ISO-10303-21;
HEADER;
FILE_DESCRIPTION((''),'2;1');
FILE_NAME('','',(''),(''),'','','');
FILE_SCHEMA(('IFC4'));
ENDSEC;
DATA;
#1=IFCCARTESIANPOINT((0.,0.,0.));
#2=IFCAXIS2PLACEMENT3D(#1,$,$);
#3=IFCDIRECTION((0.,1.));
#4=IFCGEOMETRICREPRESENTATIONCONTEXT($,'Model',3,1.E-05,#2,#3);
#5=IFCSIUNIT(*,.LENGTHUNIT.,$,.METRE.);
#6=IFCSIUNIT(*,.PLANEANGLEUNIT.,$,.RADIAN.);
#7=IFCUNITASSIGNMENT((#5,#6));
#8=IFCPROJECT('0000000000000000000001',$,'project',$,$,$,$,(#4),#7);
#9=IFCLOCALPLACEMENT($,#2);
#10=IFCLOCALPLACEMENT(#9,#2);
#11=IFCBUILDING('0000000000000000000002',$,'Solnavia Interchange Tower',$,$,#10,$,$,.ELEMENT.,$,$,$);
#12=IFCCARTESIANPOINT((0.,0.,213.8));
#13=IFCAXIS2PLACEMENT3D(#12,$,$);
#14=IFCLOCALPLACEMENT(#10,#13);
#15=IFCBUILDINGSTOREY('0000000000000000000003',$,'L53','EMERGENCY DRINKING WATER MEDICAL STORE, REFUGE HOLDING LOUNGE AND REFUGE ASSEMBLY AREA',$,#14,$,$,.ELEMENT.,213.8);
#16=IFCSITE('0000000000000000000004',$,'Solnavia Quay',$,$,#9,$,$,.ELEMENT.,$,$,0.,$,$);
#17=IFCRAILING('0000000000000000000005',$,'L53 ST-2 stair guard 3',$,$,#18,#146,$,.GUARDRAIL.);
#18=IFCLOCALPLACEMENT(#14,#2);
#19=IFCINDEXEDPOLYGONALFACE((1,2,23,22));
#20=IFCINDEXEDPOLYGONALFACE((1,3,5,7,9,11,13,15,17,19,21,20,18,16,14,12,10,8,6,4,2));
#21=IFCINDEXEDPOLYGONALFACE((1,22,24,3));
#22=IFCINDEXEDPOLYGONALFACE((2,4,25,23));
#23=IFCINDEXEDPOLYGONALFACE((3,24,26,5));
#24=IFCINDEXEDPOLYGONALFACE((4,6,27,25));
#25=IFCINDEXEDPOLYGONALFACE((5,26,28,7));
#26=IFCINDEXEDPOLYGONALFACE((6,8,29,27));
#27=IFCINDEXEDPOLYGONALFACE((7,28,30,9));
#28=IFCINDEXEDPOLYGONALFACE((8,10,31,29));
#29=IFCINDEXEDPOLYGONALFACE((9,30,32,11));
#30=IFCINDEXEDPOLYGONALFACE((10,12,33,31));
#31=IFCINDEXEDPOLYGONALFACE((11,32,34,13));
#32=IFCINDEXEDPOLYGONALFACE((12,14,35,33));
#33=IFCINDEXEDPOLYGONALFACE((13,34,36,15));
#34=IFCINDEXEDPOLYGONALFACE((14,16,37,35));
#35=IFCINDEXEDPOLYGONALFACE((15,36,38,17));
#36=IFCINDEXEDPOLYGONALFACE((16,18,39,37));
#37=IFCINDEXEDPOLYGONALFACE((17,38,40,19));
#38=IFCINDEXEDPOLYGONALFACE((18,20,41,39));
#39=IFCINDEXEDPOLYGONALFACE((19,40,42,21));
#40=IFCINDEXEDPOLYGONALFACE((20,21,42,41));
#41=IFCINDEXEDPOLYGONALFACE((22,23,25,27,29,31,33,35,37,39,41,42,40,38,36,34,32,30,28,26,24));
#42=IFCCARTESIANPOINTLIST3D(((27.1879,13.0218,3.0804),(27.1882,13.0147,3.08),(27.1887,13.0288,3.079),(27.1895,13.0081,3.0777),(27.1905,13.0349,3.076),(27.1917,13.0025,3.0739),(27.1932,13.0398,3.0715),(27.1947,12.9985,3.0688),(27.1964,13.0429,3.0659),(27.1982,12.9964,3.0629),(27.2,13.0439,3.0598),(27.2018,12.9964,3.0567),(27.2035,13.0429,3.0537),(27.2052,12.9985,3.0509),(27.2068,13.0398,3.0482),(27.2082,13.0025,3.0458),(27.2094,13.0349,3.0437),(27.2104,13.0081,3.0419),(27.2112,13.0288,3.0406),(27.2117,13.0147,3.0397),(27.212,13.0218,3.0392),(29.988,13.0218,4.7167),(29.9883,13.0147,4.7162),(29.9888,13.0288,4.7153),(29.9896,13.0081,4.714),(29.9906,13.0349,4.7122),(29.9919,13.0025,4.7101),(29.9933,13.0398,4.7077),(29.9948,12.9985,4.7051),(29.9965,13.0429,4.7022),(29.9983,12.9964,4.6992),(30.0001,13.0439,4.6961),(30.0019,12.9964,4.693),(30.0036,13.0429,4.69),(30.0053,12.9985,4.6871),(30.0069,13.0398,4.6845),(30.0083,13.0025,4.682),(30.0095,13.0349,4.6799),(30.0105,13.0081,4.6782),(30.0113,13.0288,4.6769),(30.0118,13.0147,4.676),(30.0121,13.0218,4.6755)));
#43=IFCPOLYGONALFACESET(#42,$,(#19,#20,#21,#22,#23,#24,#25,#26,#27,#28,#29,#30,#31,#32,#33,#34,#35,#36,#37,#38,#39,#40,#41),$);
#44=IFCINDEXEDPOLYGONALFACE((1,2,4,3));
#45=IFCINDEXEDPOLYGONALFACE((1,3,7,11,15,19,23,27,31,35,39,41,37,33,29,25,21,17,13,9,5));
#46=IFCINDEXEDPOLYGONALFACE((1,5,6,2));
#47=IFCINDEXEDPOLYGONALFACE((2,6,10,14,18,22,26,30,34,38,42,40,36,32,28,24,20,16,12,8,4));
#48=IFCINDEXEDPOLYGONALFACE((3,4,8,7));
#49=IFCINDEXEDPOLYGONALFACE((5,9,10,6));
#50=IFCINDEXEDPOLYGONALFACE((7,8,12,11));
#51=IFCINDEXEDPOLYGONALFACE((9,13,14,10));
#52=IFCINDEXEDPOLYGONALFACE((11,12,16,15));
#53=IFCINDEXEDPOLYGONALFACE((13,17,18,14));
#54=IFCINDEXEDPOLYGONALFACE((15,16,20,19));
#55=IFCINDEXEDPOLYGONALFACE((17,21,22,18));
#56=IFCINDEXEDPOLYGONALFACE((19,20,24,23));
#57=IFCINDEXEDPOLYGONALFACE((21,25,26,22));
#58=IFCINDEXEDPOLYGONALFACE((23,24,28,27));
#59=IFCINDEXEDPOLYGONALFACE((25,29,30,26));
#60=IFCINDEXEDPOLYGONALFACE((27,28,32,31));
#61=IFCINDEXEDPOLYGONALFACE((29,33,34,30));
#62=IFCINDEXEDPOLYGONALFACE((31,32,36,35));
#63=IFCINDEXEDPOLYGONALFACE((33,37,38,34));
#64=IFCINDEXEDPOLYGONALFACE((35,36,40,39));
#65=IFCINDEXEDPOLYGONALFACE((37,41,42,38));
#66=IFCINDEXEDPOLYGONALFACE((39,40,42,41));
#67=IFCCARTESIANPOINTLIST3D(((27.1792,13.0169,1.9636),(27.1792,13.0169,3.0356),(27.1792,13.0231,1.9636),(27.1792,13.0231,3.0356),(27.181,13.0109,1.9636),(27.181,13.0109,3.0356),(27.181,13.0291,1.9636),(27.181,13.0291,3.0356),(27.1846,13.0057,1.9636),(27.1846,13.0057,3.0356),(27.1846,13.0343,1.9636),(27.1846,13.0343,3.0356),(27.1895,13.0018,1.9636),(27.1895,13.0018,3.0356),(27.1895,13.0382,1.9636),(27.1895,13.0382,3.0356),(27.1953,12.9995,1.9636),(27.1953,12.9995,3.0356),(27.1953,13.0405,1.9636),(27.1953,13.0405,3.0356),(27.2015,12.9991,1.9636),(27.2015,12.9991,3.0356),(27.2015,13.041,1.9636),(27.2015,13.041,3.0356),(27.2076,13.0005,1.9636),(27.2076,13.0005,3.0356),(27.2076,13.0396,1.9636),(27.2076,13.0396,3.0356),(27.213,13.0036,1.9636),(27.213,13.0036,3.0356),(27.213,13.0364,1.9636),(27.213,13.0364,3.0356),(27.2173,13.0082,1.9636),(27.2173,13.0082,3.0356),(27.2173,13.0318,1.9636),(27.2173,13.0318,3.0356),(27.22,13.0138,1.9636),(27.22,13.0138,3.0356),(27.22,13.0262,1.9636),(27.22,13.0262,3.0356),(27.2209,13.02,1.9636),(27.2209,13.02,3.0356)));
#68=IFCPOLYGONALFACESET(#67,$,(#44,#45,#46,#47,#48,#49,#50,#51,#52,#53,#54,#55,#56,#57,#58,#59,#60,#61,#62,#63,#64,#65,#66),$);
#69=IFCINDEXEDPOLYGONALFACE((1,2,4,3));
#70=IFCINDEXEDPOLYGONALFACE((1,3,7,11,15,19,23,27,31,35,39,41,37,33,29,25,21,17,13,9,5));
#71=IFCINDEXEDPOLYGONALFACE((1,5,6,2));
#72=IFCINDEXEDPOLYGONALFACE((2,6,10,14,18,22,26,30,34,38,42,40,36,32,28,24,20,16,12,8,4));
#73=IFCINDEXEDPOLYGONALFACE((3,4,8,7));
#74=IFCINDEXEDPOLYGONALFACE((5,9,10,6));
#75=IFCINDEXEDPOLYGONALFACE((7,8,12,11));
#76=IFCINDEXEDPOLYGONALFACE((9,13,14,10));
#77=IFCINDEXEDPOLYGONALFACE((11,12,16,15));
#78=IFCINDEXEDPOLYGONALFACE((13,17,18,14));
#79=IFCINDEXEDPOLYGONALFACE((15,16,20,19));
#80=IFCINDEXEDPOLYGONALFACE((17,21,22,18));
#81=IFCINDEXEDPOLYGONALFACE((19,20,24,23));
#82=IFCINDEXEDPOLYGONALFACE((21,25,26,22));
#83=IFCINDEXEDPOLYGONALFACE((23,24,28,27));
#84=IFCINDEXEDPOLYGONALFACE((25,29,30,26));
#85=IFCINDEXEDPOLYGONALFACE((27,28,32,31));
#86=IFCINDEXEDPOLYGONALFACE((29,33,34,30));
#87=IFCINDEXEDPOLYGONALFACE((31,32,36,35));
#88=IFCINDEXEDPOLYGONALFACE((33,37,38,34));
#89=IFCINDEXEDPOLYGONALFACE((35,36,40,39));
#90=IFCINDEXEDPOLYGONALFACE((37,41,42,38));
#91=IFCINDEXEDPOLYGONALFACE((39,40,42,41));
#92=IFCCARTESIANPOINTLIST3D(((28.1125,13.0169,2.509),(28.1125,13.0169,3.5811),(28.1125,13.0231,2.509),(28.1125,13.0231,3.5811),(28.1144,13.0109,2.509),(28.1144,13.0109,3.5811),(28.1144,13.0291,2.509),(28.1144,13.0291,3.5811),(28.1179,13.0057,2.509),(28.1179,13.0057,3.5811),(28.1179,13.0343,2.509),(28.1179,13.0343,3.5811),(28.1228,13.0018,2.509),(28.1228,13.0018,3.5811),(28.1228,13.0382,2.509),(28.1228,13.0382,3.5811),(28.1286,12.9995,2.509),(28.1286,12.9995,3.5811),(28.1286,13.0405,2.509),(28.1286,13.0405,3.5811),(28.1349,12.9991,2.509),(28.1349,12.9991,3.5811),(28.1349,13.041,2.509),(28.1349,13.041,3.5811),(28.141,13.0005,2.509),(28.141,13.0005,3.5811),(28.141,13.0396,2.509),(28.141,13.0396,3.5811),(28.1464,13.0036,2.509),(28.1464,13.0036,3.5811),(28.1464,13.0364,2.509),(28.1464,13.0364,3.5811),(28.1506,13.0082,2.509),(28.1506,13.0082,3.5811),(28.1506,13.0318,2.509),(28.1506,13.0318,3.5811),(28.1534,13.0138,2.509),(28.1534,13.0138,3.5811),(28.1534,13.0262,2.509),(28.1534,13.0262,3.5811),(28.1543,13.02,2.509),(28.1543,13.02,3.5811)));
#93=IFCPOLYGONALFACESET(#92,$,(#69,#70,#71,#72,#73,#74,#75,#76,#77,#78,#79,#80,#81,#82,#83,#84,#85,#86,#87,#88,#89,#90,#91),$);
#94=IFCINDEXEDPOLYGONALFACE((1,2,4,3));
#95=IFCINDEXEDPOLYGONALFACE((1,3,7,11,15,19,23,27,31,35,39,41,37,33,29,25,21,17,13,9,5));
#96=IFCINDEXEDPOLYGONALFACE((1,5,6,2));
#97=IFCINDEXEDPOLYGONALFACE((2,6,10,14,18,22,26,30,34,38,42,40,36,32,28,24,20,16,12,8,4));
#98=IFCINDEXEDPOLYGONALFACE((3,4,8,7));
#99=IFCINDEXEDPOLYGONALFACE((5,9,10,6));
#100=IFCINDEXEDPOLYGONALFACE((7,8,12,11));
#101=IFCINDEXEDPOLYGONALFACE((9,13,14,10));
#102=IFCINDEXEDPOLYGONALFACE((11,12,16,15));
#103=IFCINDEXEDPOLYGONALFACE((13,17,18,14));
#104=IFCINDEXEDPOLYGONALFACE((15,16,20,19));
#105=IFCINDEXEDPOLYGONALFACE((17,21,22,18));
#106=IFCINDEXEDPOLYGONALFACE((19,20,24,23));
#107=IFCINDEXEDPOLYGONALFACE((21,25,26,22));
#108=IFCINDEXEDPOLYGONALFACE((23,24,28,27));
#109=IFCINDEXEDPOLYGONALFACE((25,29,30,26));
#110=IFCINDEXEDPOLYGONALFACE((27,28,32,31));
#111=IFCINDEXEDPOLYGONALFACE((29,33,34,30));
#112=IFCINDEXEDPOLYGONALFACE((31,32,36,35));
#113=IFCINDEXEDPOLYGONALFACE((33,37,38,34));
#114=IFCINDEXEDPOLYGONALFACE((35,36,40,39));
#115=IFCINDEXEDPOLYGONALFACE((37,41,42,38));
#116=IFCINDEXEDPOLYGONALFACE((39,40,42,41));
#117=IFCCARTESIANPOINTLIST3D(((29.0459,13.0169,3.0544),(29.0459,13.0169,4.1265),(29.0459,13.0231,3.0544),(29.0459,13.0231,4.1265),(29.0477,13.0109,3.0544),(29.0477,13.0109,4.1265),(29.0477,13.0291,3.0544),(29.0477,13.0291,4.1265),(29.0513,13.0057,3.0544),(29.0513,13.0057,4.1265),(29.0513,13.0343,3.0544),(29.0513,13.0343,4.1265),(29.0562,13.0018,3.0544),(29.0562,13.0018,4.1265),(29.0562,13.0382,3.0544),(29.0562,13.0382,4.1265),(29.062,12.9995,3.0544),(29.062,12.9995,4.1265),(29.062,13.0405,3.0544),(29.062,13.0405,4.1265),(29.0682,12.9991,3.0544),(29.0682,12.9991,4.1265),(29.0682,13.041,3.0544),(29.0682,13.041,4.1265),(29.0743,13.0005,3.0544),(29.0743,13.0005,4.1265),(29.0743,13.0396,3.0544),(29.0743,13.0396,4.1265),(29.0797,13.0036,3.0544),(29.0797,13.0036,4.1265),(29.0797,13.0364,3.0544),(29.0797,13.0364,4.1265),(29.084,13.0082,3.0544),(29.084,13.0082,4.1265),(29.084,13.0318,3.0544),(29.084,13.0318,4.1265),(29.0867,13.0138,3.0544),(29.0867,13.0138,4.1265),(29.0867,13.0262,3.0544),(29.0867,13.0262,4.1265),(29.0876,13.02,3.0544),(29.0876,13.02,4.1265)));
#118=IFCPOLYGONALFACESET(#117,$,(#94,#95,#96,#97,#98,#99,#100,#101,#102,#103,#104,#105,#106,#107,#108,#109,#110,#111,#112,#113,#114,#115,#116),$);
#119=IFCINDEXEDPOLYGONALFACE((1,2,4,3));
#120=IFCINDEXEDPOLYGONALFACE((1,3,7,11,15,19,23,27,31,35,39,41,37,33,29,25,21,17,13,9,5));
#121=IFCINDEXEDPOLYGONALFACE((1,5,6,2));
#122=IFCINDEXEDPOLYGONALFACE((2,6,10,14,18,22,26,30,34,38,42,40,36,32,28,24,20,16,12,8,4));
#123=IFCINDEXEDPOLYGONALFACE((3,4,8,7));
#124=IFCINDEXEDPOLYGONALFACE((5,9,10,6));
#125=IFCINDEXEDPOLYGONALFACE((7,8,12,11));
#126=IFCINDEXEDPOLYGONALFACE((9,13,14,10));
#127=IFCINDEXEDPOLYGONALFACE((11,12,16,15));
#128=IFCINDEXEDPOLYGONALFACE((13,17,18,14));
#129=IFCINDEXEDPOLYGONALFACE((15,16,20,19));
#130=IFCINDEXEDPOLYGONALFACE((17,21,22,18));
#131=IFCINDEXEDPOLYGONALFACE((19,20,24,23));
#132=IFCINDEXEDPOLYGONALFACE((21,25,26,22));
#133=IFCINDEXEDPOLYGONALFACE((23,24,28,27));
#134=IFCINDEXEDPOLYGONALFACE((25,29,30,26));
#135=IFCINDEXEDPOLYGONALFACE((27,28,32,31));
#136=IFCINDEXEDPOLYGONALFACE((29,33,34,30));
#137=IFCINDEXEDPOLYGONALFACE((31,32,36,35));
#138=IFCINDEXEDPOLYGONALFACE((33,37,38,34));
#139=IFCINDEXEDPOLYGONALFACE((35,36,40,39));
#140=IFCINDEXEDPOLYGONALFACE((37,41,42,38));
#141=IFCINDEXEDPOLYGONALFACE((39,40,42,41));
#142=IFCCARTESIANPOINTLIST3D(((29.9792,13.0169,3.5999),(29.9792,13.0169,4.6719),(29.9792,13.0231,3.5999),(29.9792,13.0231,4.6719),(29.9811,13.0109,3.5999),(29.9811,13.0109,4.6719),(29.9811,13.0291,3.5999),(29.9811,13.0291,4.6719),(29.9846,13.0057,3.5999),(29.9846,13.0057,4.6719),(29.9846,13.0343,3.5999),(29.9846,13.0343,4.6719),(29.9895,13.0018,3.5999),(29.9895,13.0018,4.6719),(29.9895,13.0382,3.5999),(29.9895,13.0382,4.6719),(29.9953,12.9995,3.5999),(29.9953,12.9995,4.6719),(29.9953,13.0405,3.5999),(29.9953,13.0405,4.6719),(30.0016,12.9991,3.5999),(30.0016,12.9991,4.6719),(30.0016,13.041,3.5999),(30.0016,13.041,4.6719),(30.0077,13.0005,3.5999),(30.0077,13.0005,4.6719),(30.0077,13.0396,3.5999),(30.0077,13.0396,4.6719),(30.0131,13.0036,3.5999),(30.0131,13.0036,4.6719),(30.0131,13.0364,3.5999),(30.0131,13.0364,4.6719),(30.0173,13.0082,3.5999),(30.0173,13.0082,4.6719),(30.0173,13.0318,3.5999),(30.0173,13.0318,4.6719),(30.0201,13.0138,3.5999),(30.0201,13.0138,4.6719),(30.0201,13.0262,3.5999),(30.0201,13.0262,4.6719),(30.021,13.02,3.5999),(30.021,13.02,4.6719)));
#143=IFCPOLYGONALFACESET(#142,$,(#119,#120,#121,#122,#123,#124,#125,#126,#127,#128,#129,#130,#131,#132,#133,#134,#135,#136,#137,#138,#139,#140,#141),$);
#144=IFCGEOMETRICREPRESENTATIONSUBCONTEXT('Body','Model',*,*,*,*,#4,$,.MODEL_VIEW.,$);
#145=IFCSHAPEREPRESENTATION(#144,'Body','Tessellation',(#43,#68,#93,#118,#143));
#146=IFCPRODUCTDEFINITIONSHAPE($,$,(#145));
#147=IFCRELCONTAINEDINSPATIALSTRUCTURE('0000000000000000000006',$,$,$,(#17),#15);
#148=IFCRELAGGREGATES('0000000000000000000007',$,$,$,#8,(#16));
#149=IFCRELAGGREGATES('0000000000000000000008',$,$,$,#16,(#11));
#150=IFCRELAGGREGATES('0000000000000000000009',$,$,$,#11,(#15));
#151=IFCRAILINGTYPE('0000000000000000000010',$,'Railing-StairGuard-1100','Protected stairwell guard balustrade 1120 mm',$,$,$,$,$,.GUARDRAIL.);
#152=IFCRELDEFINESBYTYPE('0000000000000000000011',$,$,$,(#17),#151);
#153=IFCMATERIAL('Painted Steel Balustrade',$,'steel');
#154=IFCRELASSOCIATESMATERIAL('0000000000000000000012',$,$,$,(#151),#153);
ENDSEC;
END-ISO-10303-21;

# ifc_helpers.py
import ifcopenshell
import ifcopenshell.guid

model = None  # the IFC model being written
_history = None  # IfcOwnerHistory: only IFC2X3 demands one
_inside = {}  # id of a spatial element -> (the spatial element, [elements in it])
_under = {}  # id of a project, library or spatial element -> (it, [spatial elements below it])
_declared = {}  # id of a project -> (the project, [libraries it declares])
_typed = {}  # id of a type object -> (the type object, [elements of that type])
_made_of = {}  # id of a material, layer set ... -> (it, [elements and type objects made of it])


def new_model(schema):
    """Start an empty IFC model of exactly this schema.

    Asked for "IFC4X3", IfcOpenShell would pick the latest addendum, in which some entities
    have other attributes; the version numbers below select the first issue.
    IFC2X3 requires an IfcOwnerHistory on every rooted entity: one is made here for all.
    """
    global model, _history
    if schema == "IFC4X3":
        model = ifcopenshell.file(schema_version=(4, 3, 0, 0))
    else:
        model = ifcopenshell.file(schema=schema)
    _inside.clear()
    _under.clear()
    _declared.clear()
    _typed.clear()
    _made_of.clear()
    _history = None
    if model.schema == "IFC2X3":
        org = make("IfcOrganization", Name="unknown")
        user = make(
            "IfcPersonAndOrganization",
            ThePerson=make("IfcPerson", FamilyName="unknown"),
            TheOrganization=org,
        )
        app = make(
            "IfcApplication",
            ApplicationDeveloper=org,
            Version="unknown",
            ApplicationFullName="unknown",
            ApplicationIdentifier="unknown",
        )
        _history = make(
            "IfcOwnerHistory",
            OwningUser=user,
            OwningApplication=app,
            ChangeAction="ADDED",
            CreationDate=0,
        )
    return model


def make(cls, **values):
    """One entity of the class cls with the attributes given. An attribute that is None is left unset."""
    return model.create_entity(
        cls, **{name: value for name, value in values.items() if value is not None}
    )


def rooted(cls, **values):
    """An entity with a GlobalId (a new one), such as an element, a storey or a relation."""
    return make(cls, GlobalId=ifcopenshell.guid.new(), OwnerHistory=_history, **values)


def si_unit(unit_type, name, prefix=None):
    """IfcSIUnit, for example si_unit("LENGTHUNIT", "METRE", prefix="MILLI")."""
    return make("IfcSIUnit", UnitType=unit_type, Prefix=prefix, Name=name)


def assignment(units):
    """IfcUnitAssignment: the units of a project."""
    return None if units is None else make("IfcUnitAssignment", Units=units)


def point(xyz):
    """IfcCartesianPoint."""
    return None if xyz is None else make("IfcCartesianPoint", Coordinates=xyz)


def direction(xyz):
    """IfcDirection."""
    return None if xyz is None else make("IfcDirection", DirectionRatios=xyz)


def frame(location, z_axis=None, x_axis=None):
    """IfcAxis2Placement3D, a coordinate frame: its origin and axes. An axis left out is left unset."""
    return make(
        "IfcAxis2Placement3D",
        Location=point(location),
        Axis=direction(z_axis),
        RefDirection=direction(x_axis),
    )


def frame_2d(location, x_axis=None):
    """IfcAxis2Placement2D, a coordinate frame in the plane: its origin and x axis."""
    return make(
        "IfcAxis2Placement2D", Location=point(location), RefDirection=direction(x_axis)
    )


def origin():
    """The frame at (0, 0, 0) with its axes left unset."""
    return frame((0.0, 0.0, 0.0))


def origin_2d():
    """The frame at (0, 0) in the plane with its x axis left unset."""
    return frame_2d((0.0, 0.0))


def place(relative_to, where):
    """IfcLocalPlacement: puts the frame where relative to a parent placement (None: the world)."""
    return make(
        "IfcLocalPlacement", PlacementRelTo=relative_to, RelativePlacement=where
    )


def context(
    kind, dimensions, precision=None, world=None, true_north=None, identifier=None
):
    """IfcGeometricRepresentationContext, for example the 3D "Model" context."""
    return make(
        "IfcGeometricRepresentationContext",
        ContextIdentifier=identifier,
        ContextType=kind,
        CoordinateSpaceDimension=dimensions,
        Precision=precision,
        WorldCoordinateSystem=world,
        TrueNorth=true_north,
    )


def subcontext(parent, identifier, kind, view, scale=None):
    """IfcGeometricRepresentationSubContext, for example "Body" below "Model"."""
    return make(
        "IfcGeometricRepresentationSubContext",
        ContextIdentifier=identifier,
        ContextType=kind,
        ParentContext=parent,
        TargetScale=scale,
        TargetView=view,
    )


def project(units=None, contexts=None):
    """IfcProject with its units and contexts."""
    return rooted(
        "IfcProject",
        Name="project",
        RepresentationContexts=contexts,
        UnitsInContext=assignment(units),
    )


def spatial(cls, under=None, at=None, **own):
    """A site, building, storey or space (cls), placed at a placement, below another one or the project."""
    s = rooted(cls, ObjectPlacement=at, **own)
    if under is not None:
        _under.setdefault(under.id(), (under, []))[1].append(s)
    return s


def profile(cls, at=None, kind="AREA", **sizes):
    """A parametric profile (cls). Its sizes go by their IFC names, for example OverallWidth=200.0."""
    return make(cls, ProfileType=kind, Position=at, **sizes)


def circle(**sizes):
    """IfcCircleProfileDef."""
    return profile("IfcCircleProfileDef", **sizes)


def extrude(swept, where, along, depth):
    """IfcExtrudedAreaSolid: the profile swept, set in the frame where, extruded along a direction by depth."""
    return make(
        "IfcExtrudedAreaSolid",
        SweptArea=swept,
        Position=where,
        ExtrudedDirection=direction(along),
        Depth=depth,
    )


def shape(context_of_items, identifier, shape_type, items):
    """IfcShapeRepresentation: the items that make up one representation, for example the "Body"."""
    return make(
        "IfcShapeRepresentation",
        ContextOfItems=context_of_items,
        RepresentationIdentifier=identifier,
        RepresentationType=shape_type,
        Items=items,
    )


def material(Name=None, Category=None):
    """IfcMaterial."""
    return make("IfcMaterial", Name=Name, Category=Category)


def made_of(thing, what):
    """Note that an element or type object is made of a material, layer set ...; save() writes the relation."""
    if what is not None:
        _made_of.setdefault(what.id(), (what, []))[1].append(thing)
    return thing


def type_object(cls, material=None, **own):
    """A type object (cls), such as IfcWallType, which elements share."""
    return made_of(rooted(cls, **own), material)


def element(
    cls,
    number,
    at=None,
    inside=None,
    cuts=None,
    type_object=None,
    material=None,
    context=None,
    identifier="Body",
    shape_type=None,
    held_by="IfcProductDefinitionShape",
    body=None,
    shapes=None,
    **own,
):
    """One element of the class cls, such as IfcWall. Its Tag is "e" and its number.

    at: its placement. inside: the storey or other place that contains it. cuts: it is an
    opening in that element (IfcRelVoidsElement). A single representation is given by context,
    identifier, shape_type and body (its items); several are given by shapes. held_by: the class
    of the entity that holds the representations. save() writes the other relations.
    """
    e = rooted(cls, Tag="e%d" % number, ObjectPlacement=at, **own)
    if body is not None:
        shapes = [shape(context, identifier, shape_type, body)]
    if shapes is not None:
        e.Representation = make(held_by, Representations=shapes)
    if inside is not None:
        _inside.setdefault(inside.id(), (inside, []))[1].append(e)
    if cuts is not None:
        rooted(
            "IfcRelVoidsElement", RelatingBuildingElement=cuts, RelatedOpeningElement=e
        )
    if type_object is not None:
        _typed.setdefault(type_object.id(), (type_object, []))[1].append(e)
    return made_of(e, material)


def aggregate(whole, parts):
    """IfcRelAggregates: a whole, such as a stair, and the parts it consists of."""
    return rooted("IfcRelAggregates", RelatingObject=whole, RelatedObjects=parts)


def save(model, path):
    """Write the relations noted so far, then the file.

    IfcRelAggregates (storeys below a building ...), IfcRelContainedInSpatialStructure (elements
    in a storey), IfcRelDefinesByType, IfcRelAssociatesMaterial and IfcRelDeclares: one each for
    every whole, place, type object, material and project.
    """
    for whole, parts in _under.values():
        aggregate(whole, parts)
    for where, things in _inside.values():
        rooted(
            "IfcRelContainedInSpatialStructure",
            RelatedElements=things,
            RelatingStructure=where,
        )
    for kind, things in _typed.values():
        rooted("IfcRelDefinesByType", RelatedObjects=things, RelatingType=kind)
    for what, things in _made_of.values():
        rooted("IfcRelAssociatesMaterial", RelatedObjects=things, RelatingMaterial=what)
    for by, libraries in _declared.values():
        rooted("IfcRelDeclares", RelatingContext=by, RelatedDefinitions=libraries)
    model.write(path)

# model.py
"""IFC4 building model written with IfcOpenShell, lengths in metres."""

from ifc_helpers import new_model, si_unit, direction, frame, origin, origin_2d, place, context, subcontext, project, spatial, circle, extrude, material, type_object, element, save


model = new_model("IFC4")

# Units and contexts
model_context = context("Model", 3, precision=1e-05, world=origin(), true_north=direction((0.0, 1.0)))
body_context = subcontext(model_context, "Body", "Model", "MODEL_VIEW")
ifc_project = project(units=[si_unit("LENGTHUNIT", "METRE"), si_unit("PLANEANGLEUNIT", "RADIAN")], contexts=[model_context])

# Site, building, storey
site_placement = place(None, origin())
site = spatial("IfcSite", under=ifc_project, at=site_placement, Name="Solnavia Quay", CompositionType="ELEMENT", RefElevation=0.0)
building_placement = place(site_placement, origin())
building = spatial("IfcBuilding", under=site, at=building_placement, Name="Solnavia Interchange Tower", CompositionType="ELEMENT")
storey_placement = place(building_placement, frame((0.0, 0.0, 213.8)))
storey = spatial("IfcBuildingStorey", under=building, at=storey_placement, Name="L53", Description="EMERGENCY DRINKING WATER MEDICAL STORE, REFUGE HOLDING LOUNGE AND REFUGE ASSEMBLY AREA", CompositionType="ELEMENT", Elevation=213.8)

# Railing
ifc_material_1 = material(Name="Painted Steel Balustrade", Category="steel")
railing_type_1 = type_object("IfcRailingType", Name="Railing-StairGuard-1100", Description="Protected stairwell guard balustrade 1120 mm", PredefinedType="GUARDRAIL", material=ifc_material_1)
railing_1_placement = place(storey_placement, frame((27.2, 13.02, 1.9636)))
element("IfcRailing", 1, at=railing_1_placement, inside=storey, type_object=railing_type_1, Name="L53 ST-2 stair guard 3", PredefinedType="GUARDRAIL", context=body_context, shape_type="SweptSolid", body=[
    extrude(circle(Radius=0.0239, at=origin_2d()), frame((0.0, 0.0, 1.0962), z_axis=(0.863394, 0.0, 0.504531), x_axis=(0.0, 1.0, 0.0)), (0.0, 0.0, 1.0), 3.2432),
    extrude(circle(Radius=0.021, at=origin_2d()), origin(), (0.0, 0.0, 1.0), 1.072),
    extrude(circle(Radius=0.021, at=origin_2d()), frame((0.9333, 0.0, 0.5454)), (0.0, 0.0, 1.0), 1.072),
    extrude(circle(Radius=0.021, at=origin_2d()), frame((1.8667, 0.0, 1.0908)), (0.0, 0.0, 1.0), 1.072),
    extrude(circle(Radius=0.021, at=origin_2d()), frame((2.8, 0.0, 1.6362)), (0.0, 0.0, 1.0), 1.072),
])

save(model, "model.ifc")
